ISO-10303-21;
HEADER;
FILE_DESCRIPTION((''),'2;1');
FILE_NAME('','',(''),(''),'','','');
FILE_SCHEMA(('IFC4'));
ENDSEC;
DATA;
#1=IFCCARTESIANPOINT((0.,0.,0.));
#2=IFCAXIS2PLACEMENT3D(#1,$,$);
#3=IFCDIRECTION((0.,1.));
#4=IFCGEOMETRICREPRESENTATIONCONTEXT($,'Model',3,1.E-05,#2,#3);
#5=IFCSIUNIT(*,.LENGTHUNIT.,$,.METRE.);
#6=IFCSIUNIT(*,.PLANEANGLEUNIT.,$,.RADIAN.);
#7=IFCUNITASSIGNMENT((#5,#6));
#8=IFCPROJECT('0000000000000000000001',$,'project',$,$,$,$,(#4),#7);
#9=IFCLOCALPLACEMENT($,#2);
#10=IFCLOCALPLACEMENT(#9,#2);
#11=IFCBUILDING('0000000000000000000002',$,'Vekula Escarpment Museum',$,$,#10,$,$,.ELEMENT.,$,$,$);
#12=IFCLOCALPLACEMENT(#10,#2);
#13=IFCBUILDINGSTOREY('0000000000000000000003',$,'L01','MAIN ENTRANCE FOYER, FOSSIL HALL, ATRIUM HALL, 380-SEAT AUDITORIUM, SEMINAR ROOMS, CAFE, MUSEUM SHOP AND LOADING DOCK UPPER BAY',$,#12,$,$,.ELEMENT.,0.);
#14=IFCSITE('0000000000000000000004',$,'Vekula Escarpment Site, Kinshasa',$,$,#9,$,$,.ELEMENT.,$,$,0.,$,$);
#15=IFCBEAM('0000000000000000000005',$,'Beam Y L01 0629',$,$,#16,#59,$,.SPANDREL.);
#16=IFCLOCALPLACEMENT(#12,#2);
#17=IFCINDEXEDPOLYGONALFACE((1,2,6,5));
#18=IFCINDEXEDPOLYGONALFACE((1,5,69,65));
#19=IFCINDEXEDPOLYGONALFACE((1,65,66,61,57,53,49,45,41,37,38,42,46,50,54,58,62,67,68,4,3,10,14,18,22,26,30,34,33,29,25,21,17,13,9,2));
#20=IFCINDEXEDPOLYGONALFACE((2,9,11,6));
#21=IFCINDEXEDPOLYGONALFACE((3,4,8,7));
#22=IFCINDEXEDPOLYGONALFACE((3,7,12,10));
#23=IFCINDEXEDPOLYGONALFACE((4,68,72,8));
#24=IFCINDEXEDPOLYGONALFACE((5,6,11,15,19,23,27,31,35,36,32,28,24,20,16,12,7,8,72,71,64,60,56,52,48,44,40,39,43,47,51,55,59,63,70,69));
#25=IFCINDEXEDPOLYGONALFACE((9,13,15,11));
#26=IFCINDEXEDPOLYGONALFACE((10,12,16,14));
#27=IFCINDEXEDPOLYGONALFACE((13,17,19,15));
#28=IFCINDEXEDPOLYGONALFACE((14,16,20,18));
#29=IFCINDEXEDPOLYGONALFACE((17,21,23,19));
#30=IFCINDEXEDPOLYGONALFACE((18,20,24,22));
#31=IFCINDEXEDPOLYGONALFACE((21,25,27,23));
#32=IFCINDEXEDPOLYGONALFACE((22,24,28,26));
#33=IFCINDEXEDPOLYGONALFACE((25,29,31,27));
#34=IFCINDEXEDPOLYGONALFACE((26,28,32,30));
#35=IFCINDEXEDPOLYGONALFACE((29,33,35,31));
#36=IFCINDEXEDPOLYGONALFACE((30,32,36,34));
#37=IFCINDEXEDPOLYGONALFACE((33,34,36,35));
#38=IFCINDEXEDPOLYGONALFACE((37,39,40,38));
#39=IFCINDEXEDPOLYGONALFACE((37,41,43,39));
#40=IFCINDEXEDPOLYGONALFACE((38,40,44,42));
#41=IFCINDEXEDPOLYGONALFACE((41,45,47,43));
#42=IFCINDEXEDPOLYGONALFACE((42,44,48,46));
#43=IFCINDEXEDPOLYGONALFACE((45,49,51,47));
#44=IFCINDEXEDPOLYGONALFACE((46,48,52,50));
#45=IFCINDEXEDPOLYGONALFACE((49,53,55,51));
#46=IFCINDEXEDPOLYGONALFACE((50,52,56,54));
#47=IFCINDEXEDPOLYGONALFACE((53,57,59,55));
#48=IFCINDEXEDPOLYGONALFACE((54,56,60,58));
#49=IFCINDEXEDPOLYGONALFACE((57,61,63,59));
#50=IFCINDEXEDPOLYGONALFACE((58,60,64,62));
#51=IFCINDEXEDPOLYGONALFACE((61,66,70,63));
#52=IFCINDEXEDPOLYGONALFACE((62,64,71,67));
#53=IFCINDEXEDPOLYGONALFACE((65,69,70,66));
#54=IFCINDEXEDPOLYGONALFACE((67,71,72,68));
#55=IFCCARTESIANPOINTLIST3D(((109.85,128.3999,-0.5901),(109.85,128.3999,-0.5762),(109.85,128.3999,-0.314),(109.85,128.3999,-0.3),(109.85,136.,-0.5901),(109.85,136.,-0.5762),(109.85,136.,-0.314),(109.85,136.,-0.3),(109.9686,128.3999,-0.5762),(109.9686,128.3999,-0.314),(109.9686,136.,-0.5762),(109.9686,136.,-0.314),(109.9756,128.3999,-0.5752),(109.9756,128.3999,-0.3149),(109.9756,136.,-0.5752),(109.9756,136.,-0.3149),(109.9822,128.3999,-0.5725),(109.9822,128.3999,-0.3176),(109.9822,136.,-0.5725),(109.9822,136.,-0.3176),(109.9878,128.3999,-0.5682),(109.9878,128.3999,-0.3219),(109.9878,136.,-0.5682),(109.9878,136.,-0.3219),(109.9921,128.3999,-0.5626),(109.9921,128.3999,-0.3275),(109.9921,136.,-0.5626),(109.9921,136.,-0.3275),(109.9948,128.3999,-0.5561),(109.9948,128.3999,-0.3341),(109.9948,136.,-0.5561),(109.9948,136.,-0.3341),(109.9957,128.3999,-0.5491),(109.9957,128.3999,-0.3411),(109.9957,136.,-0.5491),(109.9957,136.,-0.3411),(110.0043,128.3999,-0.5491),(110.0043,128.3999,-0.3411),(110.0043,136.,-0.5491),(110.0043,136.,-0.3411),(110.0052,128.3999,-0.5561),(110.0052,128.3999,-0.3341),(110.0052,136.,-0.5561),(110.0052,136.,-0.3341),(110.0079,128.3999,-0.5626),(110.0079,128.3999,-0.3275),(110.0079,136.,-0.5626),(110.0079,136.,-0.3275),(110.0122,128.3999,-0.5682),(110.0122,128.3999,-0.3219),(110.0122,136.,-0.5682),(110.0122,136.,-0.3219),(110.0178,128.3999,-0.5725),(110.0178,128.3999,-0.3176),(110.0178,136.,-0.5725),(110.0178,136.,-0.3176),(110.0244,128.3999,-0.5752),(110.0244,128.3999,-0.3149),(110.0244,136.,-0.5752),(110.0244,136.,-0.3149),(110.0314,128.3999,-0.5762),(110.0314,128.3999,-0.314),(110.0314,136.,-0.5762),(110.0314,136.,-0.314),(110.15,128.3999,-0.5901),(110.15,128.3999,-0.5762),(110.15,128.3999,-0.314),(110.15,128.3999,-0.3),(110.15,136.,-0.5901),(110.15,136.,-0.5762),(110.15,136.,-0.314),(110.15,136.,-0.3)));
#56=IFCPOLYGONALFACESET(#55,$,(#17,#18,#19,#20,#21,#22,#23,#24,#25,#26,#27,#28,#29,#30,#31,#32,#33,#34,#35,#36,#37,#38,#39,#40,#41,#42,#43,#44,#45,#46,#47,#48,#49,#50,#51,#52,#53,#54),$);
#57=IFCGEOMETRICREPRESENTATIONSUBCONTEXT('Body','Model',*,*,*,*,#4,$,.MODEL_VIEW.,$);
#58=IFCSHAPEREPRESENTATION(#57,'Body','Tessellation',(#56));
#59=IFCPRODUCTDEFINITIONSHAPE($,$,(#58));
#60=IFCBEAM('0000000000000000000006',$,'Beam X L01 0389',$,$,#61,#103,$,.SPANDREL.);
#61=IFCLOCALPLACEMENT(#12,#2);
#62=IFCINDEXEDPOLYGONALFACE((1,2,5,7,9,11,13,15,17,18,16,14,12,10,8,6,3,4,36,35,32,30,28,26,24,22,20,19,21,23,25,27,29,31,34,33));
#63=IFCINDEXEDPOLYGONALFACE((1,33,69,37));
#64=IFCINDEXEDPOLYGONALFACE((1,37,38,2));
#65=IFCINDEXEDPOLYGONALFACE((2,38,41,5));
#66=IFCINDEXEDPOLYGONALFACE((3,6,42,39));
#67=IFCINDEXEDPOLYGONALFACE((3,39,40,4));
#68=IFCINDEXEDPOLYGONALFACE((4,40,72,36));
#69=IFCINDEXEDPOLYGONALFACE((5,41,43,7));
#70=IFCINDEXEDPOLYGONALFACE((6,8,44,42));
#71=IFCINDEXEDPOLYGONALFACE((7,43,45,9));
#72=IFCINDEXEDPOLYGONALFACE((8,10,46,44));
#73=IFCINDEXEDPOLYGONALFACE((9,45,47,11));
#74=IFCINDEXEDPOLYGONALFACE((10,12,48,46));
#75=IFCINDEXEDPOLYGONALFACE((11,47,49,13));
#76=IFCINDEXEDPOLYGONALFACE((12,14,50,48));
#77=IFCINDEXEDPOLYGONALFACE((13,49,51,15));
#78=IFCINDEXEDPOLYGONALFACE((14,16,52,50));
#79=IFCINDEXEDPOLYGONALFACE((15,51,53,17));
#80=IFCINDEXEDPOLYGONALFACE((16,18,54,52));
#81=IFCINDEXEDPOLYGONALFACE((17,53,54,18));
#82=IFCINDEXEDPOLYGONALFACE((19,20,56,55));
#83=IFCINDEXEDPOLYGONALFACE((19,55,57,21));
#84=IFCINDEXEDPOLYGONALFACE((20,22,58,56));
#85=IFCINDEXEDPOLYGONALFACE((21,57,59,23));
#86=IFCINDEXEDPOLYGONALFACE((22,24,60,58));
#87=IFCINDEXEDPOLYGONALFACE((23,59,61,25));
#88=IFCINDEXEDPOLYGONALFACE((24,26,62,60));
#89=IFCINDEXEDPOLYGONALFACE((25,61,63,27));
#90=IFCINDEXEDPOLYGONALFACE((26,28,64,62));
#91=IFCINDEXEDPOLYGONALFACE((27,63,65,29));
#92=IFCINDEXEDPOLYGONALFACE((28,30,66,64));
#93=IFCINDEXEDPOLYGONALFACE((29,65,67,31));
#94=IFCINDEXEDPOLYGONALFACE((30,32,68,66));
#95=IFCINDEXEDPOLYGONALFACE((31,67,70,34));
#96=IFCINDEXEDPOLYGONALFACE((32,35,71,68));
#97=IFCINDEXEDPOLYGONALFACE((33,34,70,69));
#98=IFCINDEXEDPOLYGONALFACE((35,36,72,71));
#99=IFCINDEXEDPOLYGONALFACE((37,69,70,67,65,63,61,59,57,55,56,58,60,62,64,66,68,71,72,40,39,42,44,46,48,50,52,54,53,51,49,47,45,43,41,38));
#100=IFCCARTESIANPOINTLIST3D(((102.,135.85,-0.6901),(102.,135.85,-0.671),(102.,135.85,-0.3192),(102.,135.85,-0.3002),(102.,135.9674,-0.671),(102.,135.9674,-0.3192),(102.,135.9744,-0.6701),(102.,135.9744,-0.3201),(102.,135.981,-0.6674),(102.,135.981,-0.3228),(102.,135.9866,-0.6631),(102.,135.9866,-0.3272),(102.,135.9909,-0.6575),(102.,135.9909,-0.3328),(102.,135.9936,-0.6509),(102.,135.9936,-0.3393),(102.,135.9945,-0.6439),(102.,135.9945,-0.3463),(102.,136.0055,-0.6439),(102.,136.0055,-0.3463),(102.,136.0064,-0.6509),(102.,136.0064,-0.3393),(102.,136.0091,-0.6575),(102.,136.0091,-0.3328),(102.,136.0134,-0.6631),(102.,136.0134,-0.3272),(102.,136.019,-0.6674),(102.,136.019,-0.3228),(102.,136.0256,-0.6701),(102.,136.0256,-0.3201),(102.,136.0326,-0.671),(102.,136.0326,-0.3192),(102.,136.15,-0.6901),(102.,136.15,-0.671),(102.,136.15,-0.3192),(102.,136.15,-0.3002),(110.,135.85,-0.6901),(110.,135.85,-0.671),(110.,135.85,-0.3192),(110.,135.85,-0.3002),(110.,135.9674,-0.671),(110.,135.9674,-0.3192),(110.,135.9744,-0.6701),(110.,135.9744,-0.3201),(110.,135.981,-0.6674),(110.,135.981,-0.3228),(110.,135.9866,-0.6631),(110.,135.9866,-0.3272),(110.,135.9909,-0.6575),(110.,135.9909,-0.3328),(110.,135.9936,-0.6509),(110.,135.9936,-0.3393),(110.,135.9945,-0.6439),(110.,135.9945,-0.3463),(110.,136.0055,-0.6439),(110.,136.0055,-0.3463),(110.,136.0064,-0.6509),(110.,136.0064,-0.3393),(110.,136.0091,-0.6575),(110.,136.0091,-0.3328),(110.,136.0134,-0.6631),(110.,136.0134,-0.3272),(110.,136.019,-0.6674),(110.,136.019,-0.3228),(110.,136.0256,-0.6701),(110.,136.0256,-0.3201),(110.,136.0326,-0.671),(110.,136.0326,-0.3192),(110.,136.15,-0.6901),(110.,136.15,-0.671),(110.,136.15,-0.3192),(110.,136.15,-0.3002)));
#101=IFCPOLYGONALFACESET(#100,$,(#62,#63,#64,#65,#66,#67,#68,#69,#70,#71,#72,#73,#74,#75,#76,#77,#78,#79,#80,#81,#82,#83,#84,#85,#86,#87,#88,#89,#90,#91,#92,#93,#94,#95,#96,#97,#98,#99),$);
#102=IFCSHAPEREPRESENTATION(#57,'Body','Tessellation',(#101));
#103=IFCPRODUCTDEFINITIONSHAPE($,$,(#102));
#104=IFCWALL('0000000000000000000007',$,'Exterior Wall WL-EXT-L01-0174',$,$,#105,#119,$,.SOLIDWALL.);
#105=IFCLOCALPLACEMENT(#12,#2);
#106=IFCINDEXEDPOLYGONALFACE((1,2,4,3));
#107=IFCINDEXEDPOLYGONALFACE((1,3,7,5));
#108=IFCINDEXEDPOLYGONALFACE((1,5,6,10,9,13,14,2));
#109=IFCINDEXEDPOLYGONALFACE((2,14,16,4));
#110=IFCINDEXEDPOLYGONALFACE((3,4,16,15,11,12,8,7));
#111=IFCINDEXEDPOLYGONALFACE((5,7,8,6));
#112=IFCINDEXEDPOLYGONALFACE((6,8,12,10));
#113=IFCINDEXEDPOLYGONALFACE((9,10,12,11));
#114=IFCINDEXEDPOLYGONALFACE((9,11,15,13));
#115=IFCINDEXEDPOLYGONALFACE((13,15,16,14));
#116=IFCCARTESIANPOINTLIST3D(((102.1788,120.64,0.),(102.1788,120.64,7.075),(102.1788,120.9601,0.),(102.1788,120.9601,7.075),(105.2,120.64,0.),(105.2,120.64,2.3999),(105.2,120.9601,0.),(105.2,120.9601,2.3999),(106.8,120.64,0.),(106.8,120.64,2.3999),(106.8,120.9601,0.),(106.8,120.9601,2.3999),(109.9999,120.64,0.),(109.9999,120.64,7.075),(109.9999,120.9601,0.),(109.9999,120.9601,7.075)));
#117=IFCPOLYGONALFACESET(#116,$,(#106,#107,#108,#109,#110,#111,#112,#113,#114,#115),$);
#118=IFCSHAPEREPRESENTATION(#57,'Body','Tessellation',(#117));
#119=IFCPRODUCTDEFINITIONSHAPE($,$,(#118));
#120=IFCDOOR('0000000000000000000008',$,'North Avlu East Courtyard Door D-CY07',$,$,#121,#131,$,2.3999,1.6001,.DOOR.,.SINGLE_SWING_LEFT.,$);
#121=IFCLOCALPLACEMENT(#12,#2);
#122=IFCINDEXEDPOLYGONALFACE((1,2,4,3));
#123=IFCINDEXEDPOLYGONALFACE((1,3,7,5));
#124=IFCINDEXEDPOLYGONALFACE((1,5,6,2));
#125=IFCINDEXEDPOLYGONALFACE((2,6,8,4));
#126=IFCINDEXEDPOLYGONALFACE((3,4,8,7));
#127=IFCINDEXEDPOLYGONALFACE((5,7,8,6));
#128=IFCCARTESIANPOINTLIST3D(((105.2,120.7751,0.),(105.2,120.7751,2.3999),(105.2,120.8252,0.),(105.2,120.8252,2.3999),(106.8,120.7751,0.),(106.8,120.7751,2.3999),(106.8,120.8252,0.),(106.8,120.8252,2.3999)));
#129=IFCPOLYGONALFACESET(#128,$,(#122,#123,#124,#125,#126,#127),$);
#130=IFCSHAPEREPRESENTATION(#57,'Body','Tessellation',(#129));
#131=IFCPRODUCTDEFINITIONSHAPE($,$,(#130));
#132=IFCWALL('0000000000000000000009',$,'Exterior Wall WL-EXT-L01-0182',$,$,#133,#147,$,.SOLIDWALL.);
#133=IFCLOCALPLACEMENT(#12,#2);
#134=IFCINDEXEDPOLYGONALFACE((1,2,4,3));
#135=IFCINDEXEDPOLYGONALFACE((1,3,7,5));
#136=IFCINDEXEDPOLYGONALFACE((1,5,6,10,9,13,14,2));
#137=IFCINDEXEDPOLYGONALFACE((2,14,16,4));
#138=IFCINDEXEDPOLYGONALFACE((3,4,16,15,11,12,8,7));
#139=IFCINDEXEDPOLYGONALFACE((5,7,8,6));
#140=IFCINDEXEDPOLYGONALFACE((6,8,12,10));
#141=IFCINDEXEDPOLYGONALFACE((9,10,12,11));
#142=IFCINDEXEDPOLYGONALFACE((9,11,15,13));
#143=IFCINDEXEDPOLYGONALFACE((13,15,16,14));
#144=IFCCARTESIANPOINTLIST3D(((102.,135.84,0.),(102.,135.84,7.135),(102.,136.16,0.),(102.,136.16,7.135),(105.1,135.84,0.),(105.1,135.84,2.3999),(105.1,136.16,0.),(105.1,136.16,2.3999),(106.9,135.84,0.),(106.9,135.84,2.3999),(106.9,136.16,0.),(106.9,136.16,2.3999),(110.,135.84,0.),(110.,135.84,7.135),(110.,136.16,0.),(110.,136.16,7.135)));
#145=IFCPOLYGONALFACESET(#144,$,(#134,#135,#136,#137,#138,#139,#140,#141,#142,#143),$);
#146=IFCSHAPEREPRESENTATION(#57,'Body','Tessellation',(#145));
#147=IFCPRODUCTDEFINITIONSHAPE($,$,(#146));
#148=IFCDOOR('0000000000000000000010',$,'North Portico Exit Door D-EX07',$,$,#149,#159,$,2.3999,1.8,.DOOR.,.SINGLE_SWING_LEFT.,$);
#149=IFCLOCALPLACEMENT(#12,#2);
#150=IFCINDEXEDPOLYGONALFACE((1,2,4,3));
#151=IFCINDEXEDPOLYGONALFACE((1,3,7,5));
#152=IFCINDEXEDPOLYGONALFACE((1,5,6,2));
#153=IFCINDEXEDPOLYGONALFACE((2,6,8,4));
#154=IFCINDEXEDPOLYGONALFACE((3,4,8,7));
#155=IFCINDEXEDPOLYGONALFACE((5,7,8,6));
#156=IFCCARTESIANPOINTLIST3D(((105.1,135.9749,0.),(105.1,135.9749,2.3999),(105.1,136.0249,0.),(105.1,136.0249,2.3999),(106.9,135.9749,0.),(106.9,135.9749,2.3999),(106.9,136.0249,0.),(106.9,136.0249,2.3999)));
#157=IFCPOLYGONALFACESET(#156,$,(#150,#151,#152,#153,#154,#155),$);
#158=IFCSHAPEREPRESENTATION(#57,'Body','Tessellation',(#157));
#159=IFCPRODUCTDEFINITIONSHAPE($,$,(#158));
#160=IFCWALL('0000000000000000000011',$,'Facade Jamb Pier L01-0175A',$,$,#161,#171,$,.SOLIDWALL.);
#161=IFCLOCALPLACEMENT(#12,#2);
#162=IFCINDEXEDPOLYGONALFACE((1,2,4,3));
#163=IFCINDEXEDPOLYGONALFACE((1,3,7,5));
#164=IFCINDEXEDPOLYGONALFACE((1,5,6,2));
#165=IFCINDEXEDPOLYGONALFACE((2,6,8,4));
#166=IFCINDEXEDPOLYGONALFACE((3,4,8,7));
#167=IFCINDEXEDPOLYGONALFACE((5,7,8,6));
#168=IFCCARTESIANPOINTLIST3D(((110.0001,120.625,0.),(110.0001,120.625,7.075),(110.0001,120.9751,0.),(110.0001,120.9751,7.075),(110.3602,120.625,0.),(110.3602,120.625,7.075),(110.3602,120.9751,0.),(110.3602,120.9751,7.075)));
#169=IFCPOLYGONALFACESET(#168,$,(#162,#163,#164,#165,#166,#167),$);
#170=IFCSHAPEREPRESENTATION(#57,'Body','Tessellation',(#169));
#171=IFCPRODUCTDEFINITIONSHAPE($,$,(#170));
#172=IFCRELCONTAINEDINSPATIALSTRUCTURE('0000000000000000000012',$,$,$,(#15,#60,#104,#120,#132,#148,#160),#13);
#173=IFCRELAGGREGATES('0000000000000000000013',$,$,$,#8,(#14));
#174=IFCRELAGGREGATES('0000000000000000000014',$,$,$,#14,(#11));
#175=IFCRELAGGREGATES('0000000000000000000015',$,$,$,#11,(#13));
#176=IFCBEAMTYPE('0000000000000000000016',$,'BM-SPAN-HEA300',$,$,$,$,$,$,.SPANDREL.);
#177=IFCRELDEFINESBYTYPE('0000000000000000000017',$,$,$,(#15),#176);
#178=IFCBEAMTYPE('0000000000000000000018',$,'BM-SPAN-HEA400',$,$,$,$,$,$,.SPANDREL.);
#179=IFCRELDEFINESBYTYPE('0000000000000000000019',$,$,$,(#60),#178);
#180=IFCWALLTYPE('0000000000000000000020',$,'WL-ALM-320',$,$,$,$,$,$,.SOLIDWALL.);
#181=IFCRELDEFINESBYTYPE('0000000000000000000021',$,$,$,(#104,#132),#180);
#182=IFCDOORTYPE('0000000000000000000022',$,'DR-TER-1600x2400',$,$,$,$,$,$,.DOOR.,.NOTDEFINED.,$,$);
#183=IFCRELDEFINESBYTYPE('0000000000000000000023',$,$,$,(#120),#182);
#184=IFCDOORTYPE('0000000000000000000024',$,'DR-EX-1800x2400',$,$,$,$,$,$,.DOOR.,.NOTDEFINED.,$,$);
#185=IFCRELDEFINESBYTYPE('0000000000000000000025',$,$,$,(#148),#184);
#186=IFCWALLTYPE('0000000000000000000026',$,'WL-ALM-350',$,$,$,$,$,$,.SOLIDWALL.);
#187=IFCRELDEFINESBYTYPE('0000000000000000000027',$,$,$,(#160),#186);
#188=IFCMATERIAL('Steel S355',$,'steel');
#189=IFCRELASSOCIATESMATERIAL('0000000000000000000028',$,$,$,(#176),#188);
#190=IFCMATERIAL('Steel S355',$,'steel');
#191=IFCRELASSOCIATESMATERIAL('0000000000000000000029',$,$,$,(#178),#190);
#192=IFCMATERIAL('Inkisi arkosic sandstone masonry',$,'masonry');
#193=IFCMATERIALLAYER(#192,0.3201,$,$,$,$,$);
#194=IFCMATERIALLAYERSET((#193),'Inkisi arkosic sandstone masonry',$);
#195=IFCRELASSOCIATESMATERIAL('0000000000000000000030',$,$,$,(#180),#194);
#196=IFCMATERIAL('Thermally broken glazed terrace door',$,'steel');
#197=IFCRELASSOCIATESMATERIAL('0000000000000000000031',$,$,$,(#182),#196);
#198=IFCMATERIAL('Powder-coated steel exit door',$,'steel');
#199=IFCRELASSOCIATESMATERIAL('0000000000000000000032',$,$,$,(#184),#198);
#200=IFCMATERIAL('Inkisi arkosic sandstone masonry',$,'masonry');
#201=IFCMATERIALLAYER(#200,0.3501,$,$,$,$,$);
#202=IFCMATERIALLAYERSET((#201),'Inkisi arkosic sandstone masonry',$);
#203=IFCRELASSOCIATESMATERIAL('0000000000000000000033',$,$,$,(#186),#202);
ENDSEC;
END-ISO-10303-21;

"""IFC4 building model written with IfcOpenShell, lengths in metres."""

from ifc_helpers import new_model, si_unit, direction, frame, frame_2d, origin, origin_2d, place, context, subcontext, project, spatial, rectangle, i_section, extrude, material, layer, layer_set, material_profile, profile_set, type_object, element, fill, save


model = new_model("IFC4")

# Units and contexts
model_context = context("Model", 3, precision=1e-05, world=origin(), true_north=direction((0.0, 1.0)))
body_context = subcontext(model_context, "Body", "Model", "MODEL_VIEW")
ifc_project = project(units=[si_unit("LENGTHUNIT", "METRE"), si_unit("PLANEANGLEUNIT", "RADIAN")], contexts=[model_context])

# Site, building, storey
site_placement = place(None, origin())
site = spatial("IfcSite", under=ifc_project, at=site_placement, Name="Vekula Escarpment Site, Kinshasa", CompositionType="ELEMENT", RefElevation=0.0)
building_placement = place(site_placement, origin())
building = spatial("IfcBuilding", under=site, at=building_placement, Name="Vekula Escarpment Museum", CompositionType="ELEMENT")
storey_placement = place(building_placement, origin())
storey = spatial("IfcBuildingStorey", under=building, at=storey_placement, Name="L01", Description="MAIN ENTRANCE FOYER, FOSSIL HALL, ATRIUM HALL, 380-SEAT AUDITORIUM, SEMINAR ROOMS, CAFE, MUSEUM SHOP AND LOADING DOCK UPPER BAY", CompositionType="ELEMENT", Elevation=0.0)

# Beams
ifc_material_1 = material(Name="Steel S355", Category="steel")
ifc_material_profile_1 = material_profile(ifc_material_1, i_section(OverallWidth=0.3, OverallDepth=0.29, WebThickness=0.0085, FlangeThickness=0.0139, FilletRadius=0.0271, at=origin_2d()), Name="HEA 300")
ifc_profile_set_1 = profile_set([ifc_material_profile_1], Name="Steel S355")
beam_type_1 = type_object("IfcBeamType", Name="BM-SPAN-HEA300", PredefinedType="SPANDREL", material=ifc_profile_set_1)
beam_1_placement = place(storey_placement, frame((110.0, 128.3999, -0.4451), z_axis=(0.0, 1.0, 0.0), x_axis=(-1.0, 0.0, 0.0)))
element("IfcBeam", 1, at=beam_1_placement, inside=storey, type_object=beam_type_1, Name="Beam Y L01 0629", PredefinedType="SPANDREL", context=body_context, shape_type="SweptSolid", body=[
    extrude(i_section(OverallWidth=0.3, OverallDepth=0.29, WebThickness=0.0085, FlangeThickness=0.0139, FilletRadius=0.0271, at=origin_2d()), origin(), (0.0, 0.0, 1.0), 7.6001),
])
ifc_material_2 = material(Name="Steel S355", Category="steel")
ifc_material_profile_2 = material_profile(ifc_material_2, i_section(OverallWidth=0.3, OverallDepth=0.3899, WebThickness=0.011, FlangeThickness=0.019, FilletRadius=0.0271, at=origin_2d()), Name="HEA 400")
ifc_profile_set_2 = profile_set([ifc_material_profile_2], Name="Steel S355")
beam_type_2 = type_object("IfcBeamType", Name="BM-SPAN-HEA400", PredefinedType="SPANDREL", material=ifc_profile_set_2)
beam_2_placement = place(storey_placement, frame((102.0, 136.0, -0.4951), z_axis=(1.0, 0.0, 0.0), x_axis=(0.0, 1.0, 0.0)))
element("IfcBeam", 2, at=beam_2_placement, inside=storey, type_object=beam_type_2, Name="Beam X L01 0389", PredefinedType="SPANDREL", context=body_context, shape_type="SweptSolid", body=[
    extrude(i_section(OverallWidth=0.3, OverallDepth=0.3899, WebThickness=0.011, FlangeThickness=0.019, FilletRadius=0.0271, at=origin_2d()), origin(), (0.0, 0.0, 1.0), 8.0),
])

# Walls, openings, doors
ifc_material_3 = material(Name="Inkisi arkosic sandstone masonry", Category="masonry")
ifc_layer_1 = layer(ifc_material_3, 0.3201)
ifc_layer_set_1 = layer_set([ifc_layer_1], Name="Inkisi arkosic sandstone masonry")
wall_type_1 = type_object("IfcWallType", Name="WL-ALM-320", PredefinedType="SOLIDWALL", material=ifc_layer_set_1)
wall_1_placement = place(storey_placement, frame((110.0, 120.8, 0.0), z_axis=(0.0, 0.0, 1.0), x_axis=(-1.0, 0.0, 0.0)))
wall_1 = element("IfcWall", 3, at=wall_1_placement, inside=storey, type_object=wall_type_1, Name="Exterior Wall WL-EXT-L01-0174", PredefinedType="SOLIDWALL", context=body_context, shape_type="SweptSolid", body=[
    extrude(rectangle(XDim=7.821, YDim=0.3201, at=frame_2d((3.9106, 0.0))), origin(), (0.0, 0.0, 1.0), 7.075),
])
opening_1_placement = place(wall_1_placement, frame((3.2, 0.0, 0.0)))
opening_1 = element("IfcOpeningElement", 4, at=opening_1_placement, cuts=wall_1, PredefinedType="OPENING", context=body_context, shape_type="SweptSolid", body=[
    extrude(rectangle(XDim=1.6001, YDim=2.3999, at=frame_2d((0.8, 1.2))), frame((0.0, 0.1699, 0.0), z_axis=(0.0, -1.0, 0.0), x_axis=(1.0, 0.0, 0.0)), (0.0, 0.0, 1.0), 0.3401),
])
ifc_material_4 = material(Name="Thermally broken glazed terrace door", Category="steel")
door_type_1 = type_object("IfcDoorType", Name="DR-TER-1600x2400", OperationType="NOTDEFINED", PredefinedType="DOOR", material=ifc_material_4)
door_1_placement = place(opening_1_placement, origin())
door_1 = element("IfcDoor", 5, at=door_1_placement, inside=storey, type_object=door_type_1, Name="North Avlu East Courtyard Door D-CY07", OperationType="SINGLE_SWING_LEFT", OverallHeight=2.3999, OverallWidth=1.6001, PredefinedType="DOOR", context=body_context, shape_type="SweptSolid", body=[
    extrude(rectangle(XDim=1.6001, YDim=2.3999, at=frame_2d((0.8, 1.2))), frame((0.0, 0.0249, 0.0), z_axis=(0.0, -1.0, 0.0), x_axis=(1.0, 0.0, 0.0)), (0.0, 0.0, 1.0), 0.05),
])
fill(opening_1, door_1)
wall_2_placement = place(storey_placement, frame((102.0, 136.0, 0.0), z_axis=(0.0, 0.0, 1.0), x_axis=(1.0, 0.0, 0.0)))
wall_2 = element("IfcWall", 6, at=wall_2_placement, inside=storey, type_object=wall_type_1, Name="Exterior Wall WL-EXT-L01-0182", PredefinedType="SOLIDWALL", context=body_context, shape_type="SweptSolid", body=[
    extrude(rectangle(XDim=8.0, YDim=0.3201, at=frame_2d((4.0, 0.0))), origin(), (0.0, 0.0, 1.0), 7.135),
])
opening_2_placement = place(wall_2_placement, frame((3.1001, 0.0, 0.0)))
opening_2 = element("IfcOpeningElement", 7, at=opening_2_placement, cuts=wall_2, PredefinedType="OPENING", context=body_context, shape_type="SweptSolid", body=[
    extrude(rectangle(XDim=1.8, YDim=2.3999, at=frame_2d((0.8999, 1.2))), frame((0.0, 0.1699, 0.0), z_axis=(0.0, -1.0, 0.0), x_axis=(1.0, 0.0, 0.0)), (0.0, 0.0, 1.0), 0.3401),
])
ifc_material_5 = material(Name="Powder-coated steel exit door", Category="steel")
door_type_2 = type_object("IfcDoorType", Name="DR-EX-1800x2400", OperationType="NOTDEFINED", PredefinedType="DOOR", material=ifc_material_5)
door_2_placement = place(opening_2_placement, origin())
door_2 = element("IfcDoor", 8, at=door_2_placement, inside=storey, type_object=door_type_2, Name="North Portico Exit Door D-EX07", OperationType="SINGLE_SWING_LEFT", OverallHeight=2.3999, OverallWidth=1.8, PredefinedType="DOOR", context=body_context, shape_type="SweptSolid", body=[
    extrude(rectangle(XDim=1.8, YDim=2.3999, at=frame_2d((0.8999, 1.2))), frame((0.0, 0.0249, 0.0), z_axis=(0.0, -1.0, 0.0), x_axis=(1.0, 0.0, 0.0)), (0.0, 0.0, 1.0), 0.05),
])
fill(opening_2, door_2)

# Wall
ifc_material_6 = material(Name="Inkisi arkosic sandstone masonry", Category="masonry")
ifc_layer_2 = layer(ifc_material_6, 0.3501)
ifc_layer_set_2 = layer_set([ifc_layer_2], Name="Inkisi arkosic sandstone masonry")
wall_type_2 = type_object("IfcWallType", Name="WL-ALM-350", PredefinedType="SOLIDWALL", material=ifc_layer_set_2)
wall_3_placement = place(storey_placement, frame((110.0, 120.8, 0.0), z_axis=(0.0, 0.0, 1.0), x_axis=(1.0, 0.0, 0.0)))
element("IfcWall", 9, at=wall_3_placement, inside=storey, type_object=wall_type_2, Name="Facade Jamb Pier L01-0175A", PredefinedType="SOLIDWALL", context=body_context, shape_type="SweptSolid", body=[
    extrude(rectangle(XDim=0.3601, YDim=0.3501, at=frame_2d((0.1802, 0.0))), origin(), (0.0, 0.0, 1.0), 7.075),
])

save(model, "model.ifc")
